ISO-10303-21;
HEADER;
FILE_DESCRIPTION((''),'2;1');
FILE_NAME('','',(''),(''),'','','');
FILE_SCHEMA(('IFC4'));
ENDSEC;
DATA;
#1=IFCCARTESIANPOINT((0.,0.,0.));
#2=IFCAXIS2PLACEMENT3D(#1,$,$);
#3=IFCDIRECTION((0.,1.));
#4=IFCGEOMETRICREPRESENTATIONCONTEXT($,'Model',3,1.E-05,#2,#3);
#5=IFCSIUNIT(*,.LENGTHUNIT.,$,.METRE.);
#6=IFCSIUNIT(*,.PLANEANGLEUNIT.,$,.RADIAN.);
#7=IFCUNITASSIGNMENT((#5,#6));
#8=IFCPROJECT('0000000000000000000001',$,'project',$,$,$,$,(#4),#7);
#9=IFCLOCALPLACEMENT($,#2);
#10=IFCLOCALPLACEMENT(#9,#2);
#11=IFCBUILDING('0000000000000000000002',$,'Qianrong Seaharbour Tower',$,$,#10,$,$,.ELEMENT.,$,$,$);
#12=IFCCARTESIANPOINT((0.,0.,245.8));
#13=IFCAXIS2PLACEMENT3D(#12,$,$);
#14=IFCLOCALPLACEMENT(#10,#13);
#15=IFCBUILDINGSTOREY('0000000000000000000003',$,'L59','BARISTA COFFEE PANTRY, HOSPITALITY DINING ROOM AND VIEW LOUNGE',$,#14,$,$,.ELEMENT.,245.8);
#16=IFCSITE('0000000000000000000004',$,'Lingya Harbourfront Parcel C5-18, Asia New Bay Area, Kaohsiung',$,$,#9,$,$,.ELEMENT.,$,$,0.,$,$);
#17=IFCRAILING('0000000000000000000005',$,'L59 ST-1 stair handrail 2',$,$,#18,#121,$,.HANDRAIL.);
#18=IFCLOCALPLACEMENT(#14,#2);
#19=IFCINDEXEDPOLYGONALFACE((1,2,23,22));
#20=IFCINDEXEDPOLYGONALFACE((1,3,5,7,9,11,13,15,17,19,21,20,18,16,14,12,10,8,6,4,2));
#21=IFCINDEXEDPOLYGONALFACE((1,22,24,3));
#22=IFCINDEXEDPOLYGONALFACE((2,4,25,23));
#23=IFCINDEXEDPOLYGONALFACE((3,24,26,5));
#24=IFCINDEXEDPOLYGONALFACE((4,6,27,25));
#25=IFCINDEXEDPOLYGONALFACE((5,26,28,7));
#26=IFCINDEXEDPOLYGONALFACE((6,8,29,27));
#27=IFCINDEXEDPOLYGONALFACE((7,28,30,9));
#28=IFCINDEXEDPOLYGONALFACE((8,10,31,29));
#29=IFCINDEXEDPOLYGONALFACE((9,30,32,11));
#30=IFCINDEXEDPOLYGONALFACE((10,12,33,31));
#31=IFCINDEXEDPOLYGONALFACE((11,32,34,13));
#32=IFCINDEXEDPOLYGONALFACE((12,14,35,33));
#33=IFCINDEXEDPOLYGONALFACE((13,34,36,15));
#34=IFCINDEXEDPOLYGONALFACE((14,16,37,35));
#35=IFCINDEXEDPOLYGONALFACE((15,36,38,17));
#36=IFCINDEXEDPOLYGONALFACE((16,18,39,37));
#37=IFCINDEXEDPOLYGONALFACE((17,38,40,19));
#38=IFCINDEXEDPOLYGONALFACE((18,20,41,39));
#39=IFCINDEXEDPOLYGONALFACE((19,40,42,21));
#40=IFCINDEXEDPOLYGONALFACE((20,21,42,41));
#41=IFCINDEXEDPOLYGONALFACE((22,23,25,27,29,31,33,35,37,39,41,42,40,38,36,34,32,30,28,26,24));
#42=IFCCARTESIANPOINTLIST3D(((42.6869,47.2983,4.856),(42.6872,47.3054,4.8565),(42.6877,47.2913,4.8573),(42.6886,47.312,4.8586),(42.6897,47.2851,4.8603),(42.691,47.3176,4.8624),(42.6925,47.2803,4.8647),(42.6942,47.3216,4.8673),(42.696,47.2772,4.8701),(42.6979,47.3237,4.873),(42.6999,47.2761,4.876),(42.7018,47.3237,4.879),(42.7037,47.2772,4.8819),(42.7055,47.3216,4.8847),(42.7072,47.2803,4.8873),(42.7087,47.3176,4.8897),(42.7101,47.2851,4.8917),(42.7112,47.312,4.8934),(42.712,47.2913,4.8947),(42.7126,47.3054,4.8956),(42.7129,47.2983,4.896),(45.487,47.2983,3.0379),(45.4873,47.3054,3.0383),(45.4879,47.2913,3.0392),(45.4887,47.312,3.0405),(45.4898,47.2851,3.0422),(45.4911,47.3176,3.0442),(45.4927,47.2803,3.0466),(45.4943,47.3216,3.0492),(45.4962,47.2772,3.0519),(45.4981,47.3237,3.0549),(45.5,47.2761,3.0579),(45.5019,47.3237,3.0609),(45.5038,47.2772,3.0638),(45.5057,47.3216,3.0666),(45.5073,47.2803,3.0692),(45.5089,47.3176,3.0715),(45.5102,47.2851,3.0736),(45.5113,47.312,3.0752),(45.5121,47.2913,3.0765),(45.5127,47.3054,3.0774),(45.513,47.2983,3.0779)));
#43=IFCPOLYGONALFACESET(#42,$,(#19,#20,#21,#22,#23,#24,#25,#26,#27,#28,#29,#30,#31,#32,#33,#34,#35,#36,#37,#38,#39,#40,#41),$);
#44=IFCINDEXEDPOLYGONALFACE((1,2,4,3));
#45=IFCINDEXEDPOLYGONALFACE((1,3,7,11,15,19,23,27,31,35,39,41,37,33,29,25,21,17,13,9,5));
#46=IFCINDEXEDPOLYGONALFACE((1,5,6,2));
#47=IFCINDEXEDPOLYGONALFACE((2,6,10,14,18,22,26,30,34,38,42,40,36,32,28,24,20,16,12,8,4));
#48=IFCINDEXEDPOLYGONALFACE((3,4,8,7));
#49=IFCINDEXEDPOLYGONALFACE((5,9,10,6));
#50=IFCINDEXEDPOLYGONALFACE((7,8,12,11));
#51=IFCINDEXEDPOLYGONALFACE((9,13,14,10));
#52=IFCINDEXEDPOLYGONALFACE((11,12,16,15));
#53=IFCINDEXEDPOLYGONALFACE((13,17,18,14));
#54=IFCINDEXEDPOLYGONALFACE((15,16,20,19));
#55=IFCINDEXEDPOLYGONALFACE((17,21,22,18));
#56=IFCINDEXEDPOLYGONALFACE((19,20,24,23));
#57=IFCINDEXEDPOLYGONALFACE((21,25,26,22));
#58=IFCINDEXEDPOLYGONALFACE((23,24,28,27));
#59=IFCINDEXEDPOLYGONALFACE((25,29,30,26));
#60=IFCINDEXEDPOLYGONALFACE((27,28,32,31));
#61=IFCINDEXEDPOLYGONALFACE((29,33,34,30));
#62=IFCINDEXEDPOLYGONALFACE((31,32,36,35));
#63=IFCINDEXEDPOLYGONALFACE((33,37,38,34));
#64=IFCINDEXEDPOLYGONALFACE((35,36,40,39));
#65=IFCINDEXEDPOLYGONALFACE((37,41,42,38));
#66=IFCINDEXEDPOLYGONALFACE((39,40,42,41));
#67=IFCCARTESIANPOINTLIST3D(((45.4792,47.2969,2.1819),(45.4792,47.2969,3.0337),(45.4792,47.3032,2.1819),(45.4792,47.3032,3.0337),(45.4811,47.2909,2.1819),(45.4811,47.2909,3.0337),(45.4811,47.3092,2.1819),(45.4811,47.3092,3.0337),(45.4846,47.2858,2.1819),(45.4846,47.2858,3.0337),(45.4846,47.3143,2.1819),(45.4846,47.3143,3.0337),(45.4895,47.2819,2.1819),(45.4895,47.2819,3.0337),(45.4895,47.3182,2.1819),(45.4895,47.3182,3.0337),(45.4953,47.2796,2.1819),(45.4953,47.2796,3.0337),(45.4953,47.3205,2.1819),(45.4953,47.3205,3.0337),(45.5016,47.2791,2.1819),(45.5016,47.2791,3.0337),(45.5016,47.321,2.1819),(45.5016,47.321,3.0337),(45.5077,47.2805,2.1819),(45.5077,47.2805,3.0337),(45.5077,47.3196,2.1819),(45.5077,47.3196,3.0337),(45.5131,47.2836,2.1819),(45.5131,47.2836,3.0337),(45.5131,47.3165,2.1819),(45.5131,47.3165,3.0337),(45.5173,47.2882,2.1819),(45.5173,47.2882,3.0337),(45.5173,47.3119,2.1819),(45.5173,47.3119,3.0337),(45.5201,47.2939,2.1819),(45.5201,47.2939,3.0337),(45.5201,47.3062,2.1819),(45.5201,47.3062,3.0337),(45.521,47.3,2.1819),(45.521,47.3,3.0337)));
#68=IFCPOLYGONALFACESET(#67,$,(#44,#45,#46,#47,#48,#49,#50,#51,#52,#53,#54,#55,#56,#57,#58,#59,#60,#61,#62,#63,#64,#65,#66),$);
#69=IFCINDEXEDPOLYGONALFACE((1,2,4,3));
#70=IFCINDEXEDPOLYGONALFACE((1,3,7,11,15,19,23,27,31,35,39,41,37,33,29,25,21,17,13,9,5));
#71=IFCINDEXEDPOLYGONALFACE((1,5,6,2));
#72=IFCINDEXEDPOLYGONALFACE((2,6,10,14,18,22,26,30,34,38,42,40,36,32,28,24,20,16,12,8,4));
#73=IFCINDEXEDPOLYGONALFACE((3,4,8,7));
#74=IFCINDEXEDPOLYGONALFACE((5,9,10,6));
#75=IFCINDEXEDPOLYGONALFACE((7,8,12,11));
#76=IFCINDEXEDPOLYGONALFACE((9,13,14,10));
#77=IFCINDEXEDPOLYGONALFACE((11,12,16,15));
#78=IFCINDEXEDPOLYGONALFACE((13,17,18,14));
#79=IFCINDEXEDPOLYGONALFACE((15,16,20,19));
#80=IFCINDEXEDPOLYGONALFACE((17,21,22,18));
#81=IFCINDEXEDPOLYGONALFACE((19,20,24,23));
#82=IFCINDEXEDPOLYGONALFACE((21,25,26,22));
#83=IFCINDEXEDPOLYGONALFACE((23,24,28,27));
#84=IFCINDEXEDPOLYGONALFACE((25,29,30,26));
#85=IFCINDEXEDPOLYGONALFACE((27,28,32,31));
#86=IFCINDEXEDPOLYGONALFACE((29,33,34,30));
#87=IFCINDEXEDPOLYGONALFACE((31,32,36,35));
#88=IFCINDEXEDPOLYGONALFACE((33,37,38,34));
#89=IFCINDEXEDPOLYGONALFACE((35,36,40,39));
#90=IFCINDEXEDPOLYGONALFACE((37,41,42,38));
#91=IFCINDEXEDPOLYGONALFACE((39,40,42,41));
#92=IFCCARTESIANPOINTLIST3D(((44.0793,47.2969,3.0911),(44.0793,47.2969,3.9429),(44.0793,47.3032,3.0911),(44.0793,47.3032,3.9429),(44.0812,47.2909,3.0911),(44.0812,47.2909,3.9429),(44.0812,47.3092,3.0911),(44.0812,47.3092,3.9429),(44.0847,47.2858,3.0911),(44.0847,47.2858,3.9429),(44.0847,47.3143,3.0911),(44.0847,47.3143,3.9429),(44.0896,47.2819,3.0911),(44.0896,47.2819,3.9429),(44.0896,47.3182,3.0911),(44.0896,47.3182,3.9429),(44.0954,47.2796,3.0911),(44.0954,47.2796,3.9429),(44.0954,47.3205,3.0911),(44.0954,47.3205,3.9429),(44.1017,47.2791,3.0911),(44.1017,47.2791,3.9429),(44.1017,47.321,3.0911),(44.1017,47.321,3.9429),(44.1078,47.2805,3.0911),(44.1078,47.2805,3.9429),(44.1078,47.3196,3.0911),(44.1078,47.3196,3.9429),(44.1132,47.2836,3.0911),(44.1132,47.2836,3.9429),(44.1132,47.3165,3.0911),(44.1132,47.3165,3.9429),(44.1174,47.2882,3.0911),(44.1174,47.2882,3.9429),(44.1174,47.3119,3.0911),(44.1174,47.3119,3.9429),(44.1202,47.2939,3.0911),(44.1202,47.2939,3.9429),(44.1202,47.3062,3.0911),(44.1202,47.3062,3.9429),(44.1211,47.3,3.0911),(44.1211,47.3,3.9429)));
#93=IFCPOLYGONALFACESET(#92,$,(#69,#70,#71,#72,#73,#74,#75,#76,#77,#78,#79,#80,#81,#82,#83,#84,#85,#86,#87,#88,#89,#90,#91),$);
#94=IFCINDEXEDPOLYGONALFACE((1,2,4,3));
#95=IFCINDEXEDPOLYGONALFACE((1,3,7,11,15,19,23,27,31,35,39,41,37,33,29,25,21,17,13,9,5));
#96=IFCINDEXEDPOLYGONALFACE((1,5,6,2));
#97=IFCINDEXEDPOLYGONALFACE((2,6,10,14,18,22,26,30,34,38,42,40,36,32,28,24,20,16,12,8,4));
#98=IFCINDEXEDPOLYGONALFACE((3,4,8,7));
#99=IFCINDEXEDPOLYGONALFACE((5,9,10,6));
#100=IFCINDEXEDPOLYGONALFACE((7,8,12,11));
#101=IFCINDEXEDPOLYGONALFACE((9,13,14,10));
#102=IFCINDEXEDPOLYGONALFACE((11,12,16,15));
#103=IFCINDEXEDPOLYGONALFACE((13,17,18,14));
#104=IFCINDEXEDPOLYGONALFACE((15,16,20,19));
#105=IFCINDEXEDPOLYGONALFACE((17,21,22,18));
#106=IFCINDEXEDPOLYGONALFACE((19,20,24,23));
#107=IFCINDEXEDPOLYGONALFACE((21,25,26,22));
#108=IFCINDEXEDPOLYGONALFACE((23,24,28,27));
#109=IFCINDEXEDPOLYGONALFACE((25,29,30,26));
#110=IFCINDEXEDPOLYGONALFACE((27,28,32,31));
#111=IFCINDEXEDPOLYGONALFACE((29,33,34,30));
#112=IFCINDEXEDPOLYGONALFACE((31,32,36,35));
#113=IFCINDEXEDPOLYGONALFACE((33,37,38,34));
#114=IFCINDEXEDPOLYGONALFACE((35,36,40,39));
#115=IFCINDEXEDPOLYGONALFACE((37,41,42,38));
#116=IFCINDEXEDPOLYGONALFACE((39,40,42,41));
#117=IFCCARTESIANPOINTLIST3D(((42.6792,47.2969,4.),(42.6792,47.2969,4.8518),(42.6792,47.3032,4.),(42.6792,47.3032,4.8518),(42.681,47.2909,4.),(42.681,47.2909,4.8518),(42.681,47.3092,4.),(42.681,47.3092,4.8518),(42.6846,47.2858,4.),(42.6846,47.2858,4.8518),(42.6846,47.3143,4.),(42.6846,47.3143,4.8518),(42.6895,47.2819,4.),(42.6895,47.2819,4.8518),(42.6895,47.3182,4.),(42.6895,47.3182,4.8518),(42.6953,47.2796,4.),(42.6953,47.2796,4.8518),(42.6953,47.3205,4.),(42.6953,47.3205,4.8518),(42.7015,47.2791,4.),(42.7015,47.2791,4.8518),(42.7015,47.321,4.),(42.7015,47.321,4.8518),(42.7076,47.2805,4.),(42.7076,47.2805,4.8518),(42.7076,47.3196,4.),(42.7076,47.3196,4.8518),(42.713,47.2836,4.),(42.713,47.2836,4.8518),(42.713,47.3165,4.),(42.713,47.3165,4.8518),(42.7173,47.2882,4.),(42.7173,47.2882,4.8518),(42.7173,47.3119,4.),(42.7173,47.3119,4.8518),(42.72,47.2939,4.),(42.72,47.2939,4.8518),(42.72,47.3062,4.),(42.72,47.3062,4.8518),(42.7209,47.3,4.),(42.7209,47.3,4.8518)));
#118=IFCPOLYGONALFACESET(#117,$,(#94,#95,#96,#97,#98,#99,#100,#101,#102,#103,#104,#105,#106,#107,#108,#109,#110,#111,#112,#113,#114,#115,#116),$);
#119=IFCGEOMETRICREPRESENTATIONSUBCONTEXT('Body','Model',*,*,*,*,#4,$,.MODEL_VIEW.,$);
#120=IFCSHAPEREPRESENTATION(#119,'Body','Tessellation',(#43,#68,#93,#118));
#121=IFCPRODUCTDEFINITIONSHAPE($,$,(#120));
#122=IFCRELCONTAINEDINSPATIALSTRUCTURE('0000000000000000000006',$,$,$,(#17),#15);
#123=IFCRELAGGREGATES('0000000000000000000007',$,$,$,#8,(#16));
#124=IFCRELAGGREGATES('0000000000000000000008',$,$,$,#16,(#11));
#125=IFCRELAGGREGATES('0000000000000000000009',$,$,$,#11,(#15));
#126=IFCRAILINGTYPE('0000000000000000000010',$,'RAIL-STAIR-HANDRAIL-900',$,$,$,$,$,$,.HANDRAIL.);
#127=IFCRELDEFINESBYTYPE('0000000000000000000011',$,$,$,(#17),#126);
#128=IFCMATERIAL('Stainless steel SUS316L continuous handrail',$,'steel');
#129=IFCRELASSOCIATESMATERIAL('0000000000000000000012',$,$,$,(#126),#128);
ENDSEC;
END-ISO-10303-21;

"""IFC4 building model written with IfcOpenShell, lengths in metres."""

from ifc_helpers import new_model, si_unit, direction, frame, origin, origin_2d, place, context, subcontext, project, spatial, circle, extrude, material, type_object, element, save


model = new_model("IFC4")

# Units and contexts
model_context = context("Model", 3, precision=1e-05, world=origin(), true_north=direction((0.0, 1.0)))
body_context = subcontext(model_context, "Body", "Model", "MODEL_VIEW")
ifc_project = project(units=[si_unit("LENGTHUNIT", "METRE"), si_unit("PLANEANGLEUNIT", "RADIAN")], contexts=[model_context])

# Site, building, storey
site_placement = place(None, origin())
site = spatial("IfcSite", under=ifc_project, at=site_placement, Name="Lingya Harbourfront Parcel C5-18, Asia New Bay Area, Kaohsiung", CompositionType="ELEMENT", RefElevation=0.0)
building_placement = place(site_placement, origin())
building = spatial("IfcBuilding", under=site, at=building_placement, Name="Qianrong Seaharbour Tower", CompositionType="ELEMENT")
storey_placement = place(building_placement, frame((0.0, 0.0, 245.8)))
storey = spatial("IfcBuildingStorey", under=building, at=storey_placement, Name="L59", Description="BARISTA COFFEE PANTRY, HOSPITALITY DINING ROOM AND VIEW LOUNGE", CompositionType="ELEMENT", Elevation=245.8)

# Railing
ifc_material_1 = material(Name="Stainless steel SUS316L continuous handrail", Category="steel")
railing_type_1 = type_object("IfcRailingType", Name="RAIL-STAIR-HANDRAIL-900", PredefinedType="HANDRAIL", material=ifc_material_1)
railing_1_placement = place(storey_placement, frame((45.5, 47.3, 2.1819)))
element("IfcRailing", 1, at=railing_1_placement, inside=storey, type_object=railing_type_1, Name="L59 ST-1 stair handrail 2", PredefinedType="HANDRAIL", context=body_context, shape_type="SweptSolid", body=[
    extrude(circle(Radius=0.0239, at=origin_2d()), frame((0.0, 0.0, 0.876), z_axis=(-0.838706, 0.0, 0.544585), x_axis=(0.0, -1.0, 0.0)), (0.0, 0.0, 1.0), 3.3386),
    extrude(circle(Radius=0.021, at=origin_2d()), origin(), (0.0, 0.0, 1.0), 0.8518),
    extrude(circle(Radius=0.021, at=origin_2d()), frame((-1.3999, 0.0, 0.9092)), (0.0, 0.0, 1.0), 0.8518),
    extrude(circle(Radius=0.021, at=origin_2d()), frame((-2.8, 0.0, 1.8181)), (0.0, 0.0, 1.0), 0.8518),
])

save(model, "model.ifc")
